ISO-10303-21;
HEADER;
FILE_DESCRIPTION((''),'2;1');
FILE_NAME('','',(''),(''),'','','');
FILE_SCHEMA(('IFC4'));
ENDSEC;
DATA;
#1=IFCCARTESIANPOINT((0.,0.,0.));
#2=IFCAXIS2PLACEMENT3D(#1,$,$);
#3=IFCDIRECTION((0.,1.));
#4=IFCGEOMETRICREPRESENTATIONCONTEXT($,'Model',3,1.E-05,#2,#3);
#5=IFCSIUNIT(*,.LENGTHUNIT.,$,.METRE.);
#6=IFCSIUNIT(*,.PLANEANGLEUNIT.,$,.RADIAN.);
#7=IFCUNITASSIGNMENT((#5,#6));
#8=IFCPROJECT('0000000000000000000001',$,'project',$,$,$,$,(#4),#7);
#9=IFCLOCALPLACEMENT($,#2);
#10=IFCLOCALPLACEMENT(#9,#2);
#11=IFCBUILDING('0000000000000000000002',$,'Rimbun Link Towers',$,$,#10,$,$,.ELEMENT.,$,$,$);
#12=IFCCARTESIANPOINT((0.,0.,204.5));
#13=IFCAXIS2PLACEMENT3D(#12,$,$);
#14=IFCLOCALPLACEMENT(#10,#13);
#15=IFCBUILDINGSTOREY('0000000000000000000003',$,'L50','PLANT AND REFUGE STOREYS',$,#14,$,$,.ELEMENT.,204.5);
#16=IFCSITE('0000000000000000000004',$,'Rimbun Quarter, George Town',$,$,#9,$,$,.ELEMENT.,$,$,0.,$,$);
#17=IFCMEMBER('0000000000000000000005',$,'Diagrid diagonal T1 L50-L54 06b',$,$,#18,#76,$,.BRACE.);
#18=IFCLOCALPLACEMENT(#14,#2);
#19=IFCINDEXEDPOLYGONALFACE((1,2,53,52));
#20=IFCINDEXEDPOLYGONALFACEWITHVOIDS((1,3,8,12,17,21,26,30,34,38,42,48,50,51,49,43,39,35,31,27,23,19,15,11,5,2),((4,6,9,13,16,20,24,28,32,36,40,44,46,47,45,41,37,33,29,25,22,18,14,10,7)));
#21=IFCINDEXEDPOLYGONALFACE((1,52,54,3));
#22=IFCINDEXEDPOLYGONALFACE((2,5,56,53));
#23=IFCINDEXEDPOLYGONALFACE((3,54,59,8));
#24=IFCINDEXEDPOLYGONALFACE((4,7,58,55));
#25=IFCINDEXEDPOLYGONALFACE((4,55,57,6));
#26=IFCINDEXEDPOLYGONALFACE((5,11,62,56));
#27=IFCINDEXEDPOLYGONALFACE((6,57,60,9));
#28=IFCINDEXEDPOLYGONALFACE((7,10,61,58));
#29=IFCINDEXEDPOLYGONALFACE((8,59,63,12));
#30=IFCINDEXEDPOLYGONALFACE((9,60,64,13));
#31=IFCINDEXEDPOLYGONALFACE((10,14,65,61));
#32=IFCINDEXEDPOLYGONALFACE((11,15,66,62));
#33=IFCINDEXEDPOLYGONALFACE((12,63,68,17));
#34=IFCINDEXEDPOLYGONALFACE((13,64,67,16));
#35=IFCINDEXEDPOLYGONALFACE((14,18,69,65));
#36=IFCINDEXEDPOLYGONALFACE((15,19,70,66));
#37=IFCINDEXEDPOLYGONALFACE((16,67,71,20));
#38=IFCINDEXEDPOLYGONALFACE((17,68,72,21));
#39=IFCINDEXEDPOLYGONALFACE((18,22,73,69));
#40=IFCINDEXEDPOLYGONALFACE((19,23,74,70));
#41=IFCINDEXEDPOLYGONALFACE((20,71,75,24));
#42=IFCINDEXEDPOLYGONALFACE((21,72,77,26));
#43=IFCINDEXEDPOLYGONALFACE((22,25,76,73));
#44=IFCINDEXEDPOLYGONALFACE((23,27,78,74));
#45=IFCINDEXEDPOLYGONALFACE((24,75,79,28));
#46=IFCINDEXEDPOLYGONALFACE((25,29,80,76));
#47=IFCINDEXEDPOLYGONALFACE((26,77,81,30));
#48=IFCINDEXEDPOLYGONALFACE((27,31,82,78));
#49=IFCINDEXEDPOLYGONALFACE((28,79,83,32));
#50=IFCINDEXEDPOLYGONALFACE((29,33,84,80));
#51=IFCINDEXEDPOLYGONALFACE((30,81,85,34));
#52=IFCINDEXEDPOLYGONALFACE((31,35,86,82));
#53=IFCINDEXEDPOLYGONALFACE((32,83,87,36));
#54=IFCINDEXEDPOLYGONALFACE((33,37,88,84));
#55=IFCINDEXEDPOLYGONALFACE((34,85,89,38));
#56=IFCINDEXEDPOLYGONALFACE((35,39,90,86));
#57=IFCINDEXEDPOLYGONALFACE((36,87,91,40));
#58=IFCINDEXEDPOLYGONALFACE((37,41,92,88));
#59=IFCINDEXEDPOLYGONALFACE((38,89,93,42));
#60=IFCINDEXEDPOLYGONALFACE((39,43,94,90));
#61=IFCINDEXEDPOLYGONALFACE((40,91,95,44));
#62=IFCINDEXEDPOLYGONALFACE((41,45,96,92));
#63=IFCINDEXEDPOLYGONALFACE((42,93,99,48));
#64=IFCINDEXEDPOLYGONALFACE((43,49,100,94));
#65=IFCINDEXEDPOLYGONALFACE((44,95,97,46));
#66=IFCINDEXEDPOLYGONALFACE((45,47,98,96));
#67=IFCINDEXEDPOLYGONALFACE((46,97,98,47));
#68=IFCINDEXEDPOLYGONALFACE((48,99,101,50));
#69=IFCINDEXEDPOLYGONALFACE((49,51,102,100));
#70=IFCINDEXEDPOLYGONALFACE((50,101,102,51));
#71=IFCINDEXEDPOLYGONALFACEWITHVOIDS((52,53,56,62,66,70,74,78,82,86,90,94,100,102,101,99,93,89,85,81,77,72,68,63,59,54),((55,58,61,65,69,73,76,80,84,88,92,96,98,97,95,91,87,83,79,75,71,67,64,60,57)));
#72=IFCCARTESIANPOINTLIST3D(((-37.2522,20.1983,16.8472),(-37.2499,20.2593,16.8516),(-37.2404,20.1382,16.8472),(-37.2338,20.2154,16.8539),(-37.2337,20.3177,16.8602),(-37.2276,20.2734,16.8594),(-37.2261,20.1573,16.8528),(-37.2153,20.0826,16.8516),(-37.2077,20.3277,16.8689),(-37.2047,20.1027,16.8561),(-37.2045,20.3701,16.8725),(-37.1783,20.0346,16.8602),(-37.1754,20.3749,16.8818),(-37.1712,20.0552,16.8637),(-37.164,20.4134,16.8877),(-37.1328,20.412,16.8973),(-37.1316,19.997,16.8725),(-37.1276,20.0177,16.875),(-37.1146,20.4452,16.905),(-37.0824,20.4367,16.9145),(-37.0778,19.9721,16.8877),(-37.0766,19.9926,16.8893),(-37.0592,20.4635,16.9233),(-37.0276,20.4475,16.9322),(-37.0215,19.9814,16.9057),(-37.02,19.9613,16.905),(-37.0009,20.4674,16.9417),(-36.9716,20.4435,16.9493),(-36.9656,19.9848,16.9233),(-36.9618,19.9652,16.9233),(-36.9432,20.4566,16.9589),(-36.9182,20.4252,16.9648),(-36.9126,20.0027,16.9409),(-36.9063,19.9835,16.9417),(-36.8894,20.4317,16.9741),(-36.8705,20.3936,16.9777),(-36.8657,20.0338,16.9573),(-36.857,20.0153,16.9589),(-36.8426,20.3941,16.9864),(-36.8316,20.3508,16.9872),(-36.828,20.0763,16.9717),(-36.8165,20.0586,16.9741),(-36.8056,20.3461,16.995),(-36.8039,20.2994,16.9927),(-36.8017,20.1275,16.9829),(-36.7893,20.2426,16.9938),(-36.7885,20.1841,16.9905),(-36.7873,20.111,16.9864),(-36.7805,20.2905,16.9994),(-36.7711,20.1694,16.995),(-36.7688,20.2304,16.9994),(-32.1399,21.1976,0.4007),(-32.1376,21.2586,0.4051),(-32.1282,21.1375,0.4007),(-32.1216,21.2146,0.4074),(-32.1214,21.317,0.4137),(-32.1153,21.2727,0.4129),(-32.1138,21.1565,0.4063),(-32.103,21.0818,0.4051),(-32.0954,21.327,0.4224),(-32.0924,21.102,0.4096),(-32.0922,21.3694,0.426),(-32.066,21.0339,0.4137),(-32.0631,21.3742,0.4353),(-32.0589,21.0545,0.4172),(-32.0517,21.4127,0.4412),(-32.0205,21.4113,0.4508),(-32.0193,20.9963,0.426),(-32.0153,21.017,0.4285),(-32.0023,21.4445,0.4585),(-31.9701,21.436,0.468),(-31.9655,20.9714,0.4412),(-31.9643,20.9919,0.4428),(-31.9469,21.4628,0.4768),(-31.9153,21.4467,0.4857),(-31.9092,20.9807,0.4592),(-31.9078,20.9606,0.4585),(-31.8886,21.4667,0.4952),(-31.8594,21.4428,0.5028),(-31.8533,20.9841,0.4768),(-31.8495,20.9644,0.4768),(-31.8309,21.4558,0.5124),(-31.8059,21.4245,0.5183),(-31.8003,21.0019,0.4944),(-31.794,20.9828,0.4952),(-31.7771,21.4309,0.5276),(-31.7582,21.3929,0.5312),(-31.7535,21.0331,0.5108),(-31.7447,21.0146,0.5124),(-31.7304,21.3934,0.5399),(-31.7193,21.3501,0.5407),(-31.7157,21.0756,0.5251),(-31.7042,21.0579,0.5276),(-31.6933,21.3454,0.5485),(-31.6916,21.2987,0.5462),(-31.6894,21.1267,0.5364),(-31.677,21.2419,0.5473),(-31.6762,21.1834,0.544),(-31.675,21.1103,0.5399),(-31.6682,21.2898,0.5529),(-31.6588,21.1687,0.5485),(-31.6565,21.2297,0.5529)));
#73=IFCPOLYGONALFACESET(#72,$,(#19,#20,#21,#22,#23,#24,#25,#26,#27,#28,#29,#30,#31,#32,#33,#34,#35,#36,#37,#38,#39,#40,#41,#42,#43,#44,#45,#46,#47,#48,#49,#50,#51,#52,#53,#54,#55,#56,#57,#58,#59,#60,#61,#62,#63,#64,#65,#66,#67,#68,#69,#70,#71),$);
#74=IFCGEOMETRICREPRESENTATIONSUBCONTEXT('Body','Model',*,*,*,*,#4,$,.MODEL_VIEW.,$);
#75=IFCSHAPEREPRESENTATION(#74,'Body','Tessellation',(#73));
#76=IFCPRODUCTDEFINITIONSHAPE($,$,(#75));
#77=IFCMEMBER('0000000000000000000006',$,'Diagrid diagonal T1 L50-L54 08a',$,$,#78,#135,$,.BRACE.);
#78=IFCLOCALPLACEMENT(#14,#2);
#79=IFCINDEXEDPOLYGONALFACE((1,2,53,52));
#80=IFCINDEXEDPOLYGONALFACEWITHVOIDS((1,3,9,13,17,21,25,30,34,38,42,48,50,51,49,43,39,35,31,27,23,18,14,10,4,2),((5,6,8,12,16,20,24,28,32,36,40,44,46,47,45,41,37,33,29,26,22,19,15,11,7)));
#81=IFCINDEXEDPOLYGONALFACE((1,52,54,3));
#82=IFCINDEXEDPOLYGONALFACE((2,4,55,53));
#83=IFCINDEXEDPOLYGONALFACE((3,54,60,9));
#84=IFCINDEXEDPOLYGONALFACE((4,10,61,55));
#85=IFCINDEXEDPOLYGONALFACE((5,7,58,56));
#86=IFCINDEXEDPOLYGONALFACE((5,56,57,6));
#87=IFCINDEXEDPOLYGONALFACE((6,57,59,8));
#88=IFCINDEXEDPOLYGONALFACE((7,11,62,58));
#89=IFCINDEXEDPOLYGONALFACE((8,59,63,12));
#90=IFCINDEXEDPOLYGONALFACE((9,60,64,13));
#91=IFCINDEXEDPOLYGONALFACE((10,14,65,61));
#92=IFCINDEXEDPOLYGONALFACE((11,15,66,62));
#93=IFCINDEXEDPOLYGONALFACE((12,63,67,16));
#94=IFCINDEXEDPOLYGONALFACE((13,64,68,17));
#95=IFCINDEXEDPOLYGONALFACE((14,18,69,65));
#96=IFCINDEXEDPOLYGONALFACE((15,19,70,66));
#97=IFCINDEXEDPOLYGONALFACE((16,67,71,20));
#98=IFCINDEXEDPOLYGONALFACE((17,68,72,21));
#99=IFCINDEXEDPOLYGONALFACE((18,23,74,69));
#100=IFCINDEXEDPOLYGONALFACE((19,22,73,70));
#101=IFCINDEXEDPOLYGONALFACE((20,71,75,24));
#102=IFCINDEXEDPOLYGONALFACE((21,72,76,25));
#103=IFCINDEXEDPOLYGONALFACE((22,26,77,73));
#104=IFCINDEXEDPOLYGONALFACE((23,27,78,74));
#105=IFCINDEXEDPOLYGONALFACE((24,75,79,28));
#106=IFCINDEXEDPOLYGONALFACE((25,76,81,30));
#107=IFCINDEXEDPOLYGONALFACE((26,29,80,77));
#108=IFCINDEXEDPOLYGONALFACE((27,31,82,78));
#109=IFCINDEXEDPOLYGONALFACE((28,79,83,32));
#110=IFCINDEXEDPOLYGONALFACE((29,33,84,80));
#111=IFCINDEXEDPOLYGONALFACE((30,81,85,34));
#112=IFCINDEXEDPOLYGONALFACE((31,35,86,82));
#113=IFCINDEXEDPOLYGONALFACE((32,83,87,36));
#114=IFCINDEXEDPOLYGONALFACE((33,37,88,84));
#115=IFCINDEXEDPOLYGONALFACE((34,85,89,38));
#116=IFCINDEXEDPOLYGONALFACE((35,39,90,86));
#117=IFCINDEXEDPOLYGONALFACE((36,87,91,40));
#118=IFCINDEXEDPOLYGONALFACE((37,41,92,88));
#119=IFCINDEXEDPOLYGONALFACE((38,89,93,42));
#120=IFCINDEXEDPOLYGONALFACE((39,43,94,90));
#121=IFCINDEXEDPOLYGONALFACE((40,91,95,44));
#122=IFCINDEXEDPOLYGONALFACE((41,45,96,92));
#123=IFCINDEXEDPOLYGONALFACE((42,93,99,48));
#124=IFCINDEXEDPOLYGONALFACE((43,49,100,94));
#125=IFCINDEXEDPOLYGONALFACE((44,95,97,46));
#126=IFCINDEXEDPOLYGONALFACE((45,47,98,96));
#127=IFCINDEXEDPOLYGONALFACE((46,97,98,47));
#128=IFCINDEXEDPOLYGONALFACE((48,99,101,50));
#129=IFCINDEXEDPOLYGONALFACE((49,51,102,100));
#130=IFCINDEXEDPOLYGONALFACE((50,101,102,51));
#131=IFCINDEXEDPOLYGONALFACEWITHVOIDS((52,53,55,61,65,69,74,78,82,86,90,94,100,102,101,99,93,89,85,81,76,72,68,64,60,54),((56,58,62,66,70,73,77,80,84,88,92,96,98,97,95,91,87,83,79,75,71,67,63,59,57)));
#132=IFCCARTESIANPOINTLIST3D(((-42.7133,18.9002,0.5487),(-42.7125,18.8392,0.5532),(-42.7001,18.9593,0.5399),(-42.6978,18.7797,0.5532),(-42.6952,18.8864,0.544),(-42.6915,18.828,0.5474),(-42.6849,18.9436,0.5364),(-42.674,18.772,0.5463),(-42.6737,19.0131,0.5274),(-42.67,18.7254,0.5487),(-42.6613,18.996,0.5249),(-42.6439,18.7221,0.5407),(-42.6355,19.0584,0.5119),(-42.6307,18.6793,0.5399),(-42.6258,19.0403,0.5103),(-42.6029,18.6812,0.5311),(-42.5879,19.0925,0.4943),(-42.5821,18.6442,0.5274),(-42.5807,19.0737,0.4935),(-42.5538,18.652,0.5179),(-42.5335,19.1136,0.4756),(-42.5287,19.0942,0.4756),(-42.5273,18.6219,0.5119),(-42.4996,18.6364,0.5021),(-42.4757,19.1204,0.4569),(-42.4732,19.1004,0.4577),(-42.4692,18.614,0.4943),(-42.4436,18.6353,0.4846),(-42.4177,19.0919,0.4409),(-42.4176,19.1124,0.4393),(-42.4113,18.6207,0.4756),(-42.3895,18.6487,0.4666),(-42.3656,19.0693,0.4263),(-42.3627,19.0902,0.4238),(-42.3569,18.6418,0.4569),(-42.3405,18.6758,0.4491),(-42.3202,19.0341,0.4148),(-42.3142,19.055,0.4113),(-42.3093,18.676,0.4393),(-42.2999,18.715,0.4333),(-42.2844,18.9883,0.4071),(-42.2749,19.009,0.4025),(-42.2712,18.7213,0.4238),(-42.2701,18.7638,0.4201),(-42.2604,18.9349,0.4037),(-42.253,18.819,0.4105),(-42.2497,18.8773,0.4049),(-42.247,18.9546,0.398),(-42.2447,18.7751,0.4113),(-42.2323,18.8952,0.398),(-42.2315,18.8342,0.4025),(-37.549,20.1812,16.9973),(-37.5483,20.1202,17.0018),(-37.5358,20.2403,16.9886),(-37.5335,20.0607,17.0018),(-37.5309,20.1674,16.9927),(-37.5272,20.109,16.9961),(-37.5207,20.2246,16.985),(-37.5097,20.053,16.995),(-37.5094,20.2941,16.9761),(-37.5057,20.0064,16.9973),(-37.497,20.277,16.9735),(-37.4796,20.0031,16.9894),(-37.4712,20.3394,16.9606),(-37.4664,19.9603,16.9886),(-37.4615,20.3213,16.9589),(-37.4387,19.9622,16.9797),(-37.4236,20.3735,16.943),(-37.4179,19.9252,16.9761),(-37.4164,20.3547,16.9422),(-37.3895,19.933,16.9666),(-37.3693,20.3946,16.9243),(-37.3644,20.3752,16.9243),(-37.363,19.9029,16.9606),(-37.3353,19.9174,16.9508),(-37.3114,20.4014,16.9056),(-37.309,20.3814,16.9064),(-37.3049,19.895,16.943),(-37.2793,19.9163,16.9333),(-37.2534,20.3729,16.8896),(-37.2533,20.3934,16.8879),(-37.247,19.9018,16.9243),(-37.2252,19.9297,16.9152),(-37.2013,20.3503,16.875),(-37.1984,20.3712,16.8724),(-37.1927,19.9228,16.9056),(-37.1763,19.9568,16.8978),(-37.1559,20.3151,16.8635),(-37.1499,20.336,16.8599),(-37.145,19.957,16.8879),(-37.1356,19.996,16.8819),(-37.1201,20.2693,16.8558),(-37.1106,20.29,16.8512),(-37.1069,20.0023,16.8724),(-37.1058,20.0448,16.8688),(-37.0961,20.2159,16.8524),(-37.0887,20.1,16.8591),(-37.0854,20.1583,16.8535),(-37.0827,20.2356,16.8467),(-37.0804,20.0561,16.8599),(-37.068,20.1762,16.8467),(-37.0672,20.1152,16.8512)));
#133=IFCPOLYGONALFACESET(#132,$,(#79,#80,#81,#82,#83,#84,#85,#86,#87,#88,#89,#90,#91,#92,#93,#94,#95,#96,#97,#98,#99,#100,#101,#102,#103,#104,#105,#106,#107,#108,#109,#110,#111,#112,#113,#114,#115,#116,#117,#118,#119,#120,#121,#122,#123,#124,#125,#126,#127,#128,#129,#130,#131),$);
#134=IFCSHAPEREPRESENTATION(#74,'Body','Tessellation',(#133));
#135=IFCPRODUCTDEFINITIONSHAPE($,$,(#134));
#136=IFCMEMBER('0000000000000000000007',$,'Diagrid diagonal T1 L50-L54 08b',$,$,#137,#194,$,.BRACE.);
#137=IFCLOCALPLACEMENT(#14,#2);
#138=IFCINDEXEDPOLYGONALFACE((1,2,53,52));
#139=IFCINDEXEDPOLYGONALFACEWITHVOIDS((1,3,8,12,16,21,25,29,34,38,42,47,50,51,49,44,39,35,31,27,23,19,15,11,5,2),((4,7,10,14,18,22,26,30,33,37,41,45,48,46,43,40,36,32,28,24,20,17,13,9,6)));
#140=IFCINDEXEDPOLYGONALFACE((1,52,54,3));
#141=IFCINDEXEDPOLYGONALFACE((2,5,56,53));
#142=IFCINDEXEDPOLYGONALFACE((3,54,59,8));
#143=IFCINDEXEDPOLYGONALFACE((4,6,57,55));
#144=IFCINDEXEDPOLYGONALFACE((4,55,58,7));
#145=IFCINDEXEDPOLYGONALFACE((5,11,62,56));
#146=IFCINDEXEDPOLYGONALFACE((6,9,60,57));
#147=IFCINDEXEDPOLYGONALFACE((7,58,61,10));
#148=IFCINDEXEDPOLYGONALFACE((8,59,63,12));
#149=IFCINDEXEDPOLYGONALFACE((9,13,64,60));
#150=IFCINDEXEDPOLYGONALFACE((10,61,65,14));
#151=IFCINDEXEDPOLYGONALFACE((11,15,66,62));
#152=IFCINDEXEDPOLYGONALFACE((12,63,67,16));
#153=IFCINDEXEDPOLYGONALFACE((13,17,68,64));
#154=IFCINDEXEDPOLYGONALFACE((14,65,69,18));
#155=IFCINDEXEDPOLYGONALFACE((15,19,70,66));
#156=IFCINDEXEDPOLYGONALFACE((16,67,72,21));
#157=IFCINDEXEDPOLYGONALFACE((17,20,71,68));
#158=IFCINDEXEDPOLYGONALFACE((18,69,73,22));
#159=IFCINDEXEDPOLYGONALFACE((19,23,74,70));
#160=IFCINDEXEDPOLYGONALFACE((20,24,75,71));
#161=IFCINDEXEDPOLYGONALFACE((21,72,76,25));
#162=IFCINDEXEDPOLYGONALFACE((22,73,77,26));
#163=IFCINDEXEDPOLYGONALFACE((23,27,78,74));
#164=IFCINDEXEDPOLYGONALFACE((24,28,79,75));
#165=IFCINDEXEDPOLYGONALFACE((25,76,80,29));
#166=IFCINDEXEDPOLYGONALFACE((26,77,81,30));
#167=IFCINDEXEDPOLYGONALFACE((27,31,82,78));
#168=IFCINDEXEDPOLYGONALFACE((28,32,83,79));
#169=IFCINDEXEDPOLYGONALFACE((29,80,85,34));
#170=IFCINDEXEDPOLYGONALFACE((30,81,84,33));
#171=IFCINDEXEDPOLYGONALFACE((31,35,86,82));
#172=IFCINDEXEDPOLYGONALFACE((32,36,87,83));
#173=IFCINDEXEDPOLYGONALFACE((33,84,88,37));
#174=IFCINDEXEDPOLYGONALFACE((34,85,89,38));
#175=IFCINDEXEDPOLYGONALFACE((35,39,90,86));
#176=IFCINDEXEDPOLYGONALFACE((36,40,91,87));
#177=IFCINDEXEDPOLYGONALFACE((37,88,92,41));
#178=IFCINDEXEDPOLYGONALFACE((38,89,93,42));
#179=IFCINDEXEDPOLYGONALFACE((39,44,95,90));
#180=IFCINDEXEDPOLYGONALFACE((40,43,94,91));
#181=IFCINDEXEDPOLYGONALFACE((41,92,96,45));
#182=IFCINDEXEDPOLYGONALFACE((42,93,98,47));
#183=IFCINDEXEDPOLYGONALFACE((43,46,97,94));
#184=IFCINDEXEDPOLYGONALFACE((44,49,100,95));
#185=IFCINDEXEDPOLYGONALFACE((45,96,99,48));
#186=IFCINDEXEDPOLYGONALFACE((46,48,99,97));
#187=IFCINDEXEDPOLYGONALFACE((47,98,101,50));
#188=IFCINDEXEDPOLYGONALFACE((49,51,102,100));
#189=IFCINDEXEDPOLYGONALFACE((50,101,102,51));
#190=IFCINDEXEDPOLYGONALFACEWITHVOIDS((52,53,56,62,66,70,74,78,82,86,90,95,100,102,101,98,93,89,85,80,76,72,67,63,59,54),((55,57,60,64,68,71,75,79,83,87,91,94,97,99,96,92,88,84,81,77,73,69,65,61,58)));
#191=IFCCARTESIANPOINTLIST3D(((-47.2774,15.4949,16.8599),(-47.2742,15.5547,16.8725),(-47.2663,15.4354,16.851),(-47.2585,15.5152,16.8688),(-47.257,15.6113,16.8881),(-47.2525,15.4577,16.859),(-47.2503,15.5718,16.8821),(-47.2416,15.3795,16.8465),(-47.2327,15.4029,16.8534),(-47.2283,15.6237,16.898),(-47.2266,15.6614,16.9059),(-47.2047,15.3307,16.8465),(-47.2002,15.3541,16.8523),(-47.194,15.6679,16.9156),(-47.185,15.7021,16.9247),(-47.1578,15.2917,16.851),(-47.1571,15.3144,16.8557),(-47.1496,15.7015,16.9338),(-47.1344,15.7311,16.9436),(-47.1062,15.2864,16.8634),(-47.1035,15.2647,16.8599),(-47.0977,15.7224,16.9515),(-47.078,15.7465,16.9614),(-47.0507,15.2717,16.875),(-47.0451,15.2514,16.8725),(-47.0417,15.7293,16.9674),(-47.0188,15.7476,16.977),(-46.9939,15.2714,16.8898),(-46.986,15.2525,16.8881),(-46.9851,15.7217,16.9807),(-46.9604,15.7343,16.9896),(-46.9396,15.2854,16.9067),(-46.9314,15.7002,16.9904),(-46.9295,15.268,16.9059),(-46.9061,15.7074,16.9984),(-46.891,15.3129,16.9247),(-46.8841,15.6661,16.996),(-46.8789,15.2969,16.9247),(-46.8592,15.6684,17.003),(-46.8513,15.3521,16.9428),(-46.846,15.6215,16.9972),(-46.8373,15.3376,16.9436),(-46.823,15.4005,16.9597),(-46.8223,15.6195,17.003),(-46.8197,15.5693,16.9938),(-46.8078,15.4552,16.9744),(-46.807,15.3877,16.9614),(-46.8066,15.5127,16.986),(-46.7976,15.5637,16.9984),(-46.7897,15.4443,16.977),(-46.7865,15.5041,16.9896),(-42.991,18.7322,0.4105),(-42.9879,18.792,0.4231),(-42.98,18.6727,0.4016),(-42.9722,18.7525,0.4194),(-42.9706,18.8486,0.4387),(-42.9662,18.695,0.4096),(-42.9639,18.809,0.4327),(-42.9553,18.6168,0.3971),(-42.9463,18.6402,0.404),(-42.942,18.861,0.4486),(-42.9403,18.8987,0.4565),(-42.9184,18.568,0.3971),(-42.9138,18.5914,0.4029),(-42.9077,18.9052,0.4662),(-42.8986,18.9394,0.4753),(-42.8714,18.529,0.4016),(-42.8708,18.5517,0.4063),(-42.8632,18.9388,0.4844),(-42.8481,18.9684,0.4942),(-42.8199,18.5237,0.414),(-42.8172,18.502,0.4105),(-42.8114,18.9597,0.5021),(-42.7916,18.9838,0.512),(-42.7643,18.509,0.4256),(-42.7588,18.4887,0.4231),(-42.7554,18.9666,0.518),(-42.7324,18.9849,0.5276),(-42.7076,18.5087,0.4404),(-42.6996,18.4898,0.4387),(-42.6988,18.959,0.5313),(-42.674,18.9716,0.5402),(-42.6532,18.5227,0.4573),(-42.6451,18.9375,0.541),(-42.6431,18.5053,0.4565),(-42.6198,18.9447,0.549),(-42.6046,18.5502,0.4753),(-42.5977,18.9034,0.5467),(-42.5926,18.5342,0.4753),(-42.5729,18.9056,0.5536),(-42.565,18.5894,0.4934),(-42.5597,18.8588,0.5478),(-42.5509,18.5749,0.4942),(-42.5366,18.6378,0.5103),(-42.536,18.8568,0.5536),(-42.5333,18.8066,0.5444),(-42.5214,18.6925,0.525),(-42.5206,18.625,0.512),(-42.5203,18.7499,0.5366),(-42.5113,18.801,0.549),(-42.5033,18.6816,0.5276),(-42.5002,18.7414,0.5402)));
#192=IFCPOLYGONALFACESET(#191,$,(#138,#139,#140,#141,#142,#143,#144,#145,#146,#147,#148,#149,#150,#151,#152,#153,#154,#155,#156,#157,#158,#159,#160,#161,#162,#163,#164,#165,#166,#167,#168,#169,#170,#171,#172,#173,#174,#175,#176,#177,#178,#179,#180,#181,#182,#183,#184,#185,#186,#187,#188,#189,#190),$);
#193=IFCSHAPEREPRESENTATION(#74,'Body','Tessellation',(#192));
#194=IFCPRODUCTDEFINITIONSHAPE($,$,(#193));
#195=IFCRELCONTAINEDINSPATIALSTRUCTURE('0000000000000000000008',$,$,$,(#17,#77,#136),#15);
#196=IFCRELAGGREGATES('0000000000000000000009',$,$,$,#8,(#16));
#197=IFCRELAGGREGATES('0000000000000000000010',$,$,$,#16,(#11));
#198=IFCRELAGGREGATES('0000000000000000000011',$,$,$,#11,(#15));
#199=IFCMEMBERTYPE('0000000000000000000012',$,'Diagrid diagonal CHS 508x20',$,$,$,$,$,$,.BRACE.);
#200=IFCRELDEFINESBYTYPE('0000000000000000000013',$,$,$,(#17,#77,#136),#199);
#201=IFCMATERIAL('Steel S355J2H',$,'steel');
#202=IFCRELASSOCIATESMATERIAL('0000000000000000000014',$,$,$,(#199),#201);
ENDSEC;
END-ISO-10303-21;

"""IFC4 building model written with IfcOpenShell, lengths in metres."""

from ifc_helpers import new_model, si_unit, direction, frame, origin, origin_2d, place, context, subcontext, project, spatial, hollow_circle, extrude, material, material_profile, profile_set, type_object, element, save


model = new_model("IFC4")

# Units and contexts
model_context = context("Model", 3, precision=1e-05, world=origin(), true_north=direction((0.0, 1.0)))
body_context = subcontext(model_context, "Body", "Model", "MODEL_VIEW")
ifc_project = project(units=[si_unit("LENGTHUNIT", "METRE"), si_unit("PLANEANGLEUNIT", "RADIAN")], contexts=[model_context])

# Site, building, storey
site_placement = place(None, origin())
site = spatial("IfcSite", under=ifc_project, at=site_placement, Name="Rimbun Quarter, George Town", CompositionType="ELEMENT", RefElevation=0.0)
building_placement = place(site_placement, origin())
building = spatial("IfcBuilding", under=site, at=building_placement, Name="Rimbun Link Towers", CompositionType="ELEMENT")
storey_placement = place(building_placement, frame((0.0, 0.0, 204.5)))
storey = spatial("IfcBuildingStorey", under=building, at=storey_placement, Name="L50", Description="PLANT AND REFUGE STOREYS", CompositionType="ELEMENT", Elevation=204.5)

# Members
ifc_material_1 = material(Name="Steel S355J2H", Category="steel")
ifc_material_profile_1 = material_profile(ifc_material_1, hollow_circle(Radius=0.2539, WallThickness=0.02, at=origin_2d()), Name="Diagrid diagonal CHS 508x20")
ifc_profile_set_1 = profile_set([ifc_material_profile_1], Name="Steel S355J2H")
member_type_1 = type_object("IfcMemberType", Name="Diagrid diagonal CHS 508x20", PredefinedType="BRACE", material=ifc_profile_set_1)
for number, where, z_axis, x_axis, name in (
    (1, (-31.8982, 21.2136, 0.4768), (-0.296336, -0.057923, 0.953326), (0.191833, -0.981428, 0.0), "Diagrid diagonal T1 L50-L54 06b"),
):
    element("IfcMember", number, at=place(storey_placement, frame(where, z_axis=z_axis, x_axis=x_axis)), inside=storey, type_object=member_type_1, Name=name, PredefinedType="BRACE", context=body_context, shape_type="SweptSolid", body=[
        extrude(hollow_circle(Radius=0.2539, WallThickness=0.02, at=origin_2d()), origin(), (0.0, 0.0, 1.0), 17.2517),
    ])
member_1_placement = place(storey_placement, frame((-42.4724, 18.8672, 0.4756), z_axis=(0.298724, 0.074098, 0.951459), x_axis=(-0.240754, 0.970586, 0.0)))
element("IfcMember", 2, at=member_1_placement, inside=storey, type_object=member_type_1, Name="Diagrid diagonal T1 L50-L54 08a", PredefinedType="BRACE", context=body_context, shape_type="SweptSolid", body=[
    extrude(hollow_circle(Radius=0.2539, WallThickness=0.02, at=origin_2d()), origin(), (0.0, 0.0, 1.0), 17.2878),
])
member_2_placement = place(storey_placement, frame((-42.7456, 18.7368, 0.4753), z_axis=(-0.247706, -0.187081, 0.950601), x_axis=(0.60268, -0.797983, 0.0)))
element("IfcMember", 3, at=member_2_placement, inside=storey, type_object=member_type_1, Name="Diagrid diagonal T1 L50-L54 08b", PredefinedType="BRACE", context=body_context, shape_type="SweptSolid", body=[
    extrude(hollow_circle(Radius=0.2539, WallThickness=0.02, at=origin_2d()), origin(), (0.0, 0.0, 1.0), 17.3042),
])

save(model, "model.ifc")
